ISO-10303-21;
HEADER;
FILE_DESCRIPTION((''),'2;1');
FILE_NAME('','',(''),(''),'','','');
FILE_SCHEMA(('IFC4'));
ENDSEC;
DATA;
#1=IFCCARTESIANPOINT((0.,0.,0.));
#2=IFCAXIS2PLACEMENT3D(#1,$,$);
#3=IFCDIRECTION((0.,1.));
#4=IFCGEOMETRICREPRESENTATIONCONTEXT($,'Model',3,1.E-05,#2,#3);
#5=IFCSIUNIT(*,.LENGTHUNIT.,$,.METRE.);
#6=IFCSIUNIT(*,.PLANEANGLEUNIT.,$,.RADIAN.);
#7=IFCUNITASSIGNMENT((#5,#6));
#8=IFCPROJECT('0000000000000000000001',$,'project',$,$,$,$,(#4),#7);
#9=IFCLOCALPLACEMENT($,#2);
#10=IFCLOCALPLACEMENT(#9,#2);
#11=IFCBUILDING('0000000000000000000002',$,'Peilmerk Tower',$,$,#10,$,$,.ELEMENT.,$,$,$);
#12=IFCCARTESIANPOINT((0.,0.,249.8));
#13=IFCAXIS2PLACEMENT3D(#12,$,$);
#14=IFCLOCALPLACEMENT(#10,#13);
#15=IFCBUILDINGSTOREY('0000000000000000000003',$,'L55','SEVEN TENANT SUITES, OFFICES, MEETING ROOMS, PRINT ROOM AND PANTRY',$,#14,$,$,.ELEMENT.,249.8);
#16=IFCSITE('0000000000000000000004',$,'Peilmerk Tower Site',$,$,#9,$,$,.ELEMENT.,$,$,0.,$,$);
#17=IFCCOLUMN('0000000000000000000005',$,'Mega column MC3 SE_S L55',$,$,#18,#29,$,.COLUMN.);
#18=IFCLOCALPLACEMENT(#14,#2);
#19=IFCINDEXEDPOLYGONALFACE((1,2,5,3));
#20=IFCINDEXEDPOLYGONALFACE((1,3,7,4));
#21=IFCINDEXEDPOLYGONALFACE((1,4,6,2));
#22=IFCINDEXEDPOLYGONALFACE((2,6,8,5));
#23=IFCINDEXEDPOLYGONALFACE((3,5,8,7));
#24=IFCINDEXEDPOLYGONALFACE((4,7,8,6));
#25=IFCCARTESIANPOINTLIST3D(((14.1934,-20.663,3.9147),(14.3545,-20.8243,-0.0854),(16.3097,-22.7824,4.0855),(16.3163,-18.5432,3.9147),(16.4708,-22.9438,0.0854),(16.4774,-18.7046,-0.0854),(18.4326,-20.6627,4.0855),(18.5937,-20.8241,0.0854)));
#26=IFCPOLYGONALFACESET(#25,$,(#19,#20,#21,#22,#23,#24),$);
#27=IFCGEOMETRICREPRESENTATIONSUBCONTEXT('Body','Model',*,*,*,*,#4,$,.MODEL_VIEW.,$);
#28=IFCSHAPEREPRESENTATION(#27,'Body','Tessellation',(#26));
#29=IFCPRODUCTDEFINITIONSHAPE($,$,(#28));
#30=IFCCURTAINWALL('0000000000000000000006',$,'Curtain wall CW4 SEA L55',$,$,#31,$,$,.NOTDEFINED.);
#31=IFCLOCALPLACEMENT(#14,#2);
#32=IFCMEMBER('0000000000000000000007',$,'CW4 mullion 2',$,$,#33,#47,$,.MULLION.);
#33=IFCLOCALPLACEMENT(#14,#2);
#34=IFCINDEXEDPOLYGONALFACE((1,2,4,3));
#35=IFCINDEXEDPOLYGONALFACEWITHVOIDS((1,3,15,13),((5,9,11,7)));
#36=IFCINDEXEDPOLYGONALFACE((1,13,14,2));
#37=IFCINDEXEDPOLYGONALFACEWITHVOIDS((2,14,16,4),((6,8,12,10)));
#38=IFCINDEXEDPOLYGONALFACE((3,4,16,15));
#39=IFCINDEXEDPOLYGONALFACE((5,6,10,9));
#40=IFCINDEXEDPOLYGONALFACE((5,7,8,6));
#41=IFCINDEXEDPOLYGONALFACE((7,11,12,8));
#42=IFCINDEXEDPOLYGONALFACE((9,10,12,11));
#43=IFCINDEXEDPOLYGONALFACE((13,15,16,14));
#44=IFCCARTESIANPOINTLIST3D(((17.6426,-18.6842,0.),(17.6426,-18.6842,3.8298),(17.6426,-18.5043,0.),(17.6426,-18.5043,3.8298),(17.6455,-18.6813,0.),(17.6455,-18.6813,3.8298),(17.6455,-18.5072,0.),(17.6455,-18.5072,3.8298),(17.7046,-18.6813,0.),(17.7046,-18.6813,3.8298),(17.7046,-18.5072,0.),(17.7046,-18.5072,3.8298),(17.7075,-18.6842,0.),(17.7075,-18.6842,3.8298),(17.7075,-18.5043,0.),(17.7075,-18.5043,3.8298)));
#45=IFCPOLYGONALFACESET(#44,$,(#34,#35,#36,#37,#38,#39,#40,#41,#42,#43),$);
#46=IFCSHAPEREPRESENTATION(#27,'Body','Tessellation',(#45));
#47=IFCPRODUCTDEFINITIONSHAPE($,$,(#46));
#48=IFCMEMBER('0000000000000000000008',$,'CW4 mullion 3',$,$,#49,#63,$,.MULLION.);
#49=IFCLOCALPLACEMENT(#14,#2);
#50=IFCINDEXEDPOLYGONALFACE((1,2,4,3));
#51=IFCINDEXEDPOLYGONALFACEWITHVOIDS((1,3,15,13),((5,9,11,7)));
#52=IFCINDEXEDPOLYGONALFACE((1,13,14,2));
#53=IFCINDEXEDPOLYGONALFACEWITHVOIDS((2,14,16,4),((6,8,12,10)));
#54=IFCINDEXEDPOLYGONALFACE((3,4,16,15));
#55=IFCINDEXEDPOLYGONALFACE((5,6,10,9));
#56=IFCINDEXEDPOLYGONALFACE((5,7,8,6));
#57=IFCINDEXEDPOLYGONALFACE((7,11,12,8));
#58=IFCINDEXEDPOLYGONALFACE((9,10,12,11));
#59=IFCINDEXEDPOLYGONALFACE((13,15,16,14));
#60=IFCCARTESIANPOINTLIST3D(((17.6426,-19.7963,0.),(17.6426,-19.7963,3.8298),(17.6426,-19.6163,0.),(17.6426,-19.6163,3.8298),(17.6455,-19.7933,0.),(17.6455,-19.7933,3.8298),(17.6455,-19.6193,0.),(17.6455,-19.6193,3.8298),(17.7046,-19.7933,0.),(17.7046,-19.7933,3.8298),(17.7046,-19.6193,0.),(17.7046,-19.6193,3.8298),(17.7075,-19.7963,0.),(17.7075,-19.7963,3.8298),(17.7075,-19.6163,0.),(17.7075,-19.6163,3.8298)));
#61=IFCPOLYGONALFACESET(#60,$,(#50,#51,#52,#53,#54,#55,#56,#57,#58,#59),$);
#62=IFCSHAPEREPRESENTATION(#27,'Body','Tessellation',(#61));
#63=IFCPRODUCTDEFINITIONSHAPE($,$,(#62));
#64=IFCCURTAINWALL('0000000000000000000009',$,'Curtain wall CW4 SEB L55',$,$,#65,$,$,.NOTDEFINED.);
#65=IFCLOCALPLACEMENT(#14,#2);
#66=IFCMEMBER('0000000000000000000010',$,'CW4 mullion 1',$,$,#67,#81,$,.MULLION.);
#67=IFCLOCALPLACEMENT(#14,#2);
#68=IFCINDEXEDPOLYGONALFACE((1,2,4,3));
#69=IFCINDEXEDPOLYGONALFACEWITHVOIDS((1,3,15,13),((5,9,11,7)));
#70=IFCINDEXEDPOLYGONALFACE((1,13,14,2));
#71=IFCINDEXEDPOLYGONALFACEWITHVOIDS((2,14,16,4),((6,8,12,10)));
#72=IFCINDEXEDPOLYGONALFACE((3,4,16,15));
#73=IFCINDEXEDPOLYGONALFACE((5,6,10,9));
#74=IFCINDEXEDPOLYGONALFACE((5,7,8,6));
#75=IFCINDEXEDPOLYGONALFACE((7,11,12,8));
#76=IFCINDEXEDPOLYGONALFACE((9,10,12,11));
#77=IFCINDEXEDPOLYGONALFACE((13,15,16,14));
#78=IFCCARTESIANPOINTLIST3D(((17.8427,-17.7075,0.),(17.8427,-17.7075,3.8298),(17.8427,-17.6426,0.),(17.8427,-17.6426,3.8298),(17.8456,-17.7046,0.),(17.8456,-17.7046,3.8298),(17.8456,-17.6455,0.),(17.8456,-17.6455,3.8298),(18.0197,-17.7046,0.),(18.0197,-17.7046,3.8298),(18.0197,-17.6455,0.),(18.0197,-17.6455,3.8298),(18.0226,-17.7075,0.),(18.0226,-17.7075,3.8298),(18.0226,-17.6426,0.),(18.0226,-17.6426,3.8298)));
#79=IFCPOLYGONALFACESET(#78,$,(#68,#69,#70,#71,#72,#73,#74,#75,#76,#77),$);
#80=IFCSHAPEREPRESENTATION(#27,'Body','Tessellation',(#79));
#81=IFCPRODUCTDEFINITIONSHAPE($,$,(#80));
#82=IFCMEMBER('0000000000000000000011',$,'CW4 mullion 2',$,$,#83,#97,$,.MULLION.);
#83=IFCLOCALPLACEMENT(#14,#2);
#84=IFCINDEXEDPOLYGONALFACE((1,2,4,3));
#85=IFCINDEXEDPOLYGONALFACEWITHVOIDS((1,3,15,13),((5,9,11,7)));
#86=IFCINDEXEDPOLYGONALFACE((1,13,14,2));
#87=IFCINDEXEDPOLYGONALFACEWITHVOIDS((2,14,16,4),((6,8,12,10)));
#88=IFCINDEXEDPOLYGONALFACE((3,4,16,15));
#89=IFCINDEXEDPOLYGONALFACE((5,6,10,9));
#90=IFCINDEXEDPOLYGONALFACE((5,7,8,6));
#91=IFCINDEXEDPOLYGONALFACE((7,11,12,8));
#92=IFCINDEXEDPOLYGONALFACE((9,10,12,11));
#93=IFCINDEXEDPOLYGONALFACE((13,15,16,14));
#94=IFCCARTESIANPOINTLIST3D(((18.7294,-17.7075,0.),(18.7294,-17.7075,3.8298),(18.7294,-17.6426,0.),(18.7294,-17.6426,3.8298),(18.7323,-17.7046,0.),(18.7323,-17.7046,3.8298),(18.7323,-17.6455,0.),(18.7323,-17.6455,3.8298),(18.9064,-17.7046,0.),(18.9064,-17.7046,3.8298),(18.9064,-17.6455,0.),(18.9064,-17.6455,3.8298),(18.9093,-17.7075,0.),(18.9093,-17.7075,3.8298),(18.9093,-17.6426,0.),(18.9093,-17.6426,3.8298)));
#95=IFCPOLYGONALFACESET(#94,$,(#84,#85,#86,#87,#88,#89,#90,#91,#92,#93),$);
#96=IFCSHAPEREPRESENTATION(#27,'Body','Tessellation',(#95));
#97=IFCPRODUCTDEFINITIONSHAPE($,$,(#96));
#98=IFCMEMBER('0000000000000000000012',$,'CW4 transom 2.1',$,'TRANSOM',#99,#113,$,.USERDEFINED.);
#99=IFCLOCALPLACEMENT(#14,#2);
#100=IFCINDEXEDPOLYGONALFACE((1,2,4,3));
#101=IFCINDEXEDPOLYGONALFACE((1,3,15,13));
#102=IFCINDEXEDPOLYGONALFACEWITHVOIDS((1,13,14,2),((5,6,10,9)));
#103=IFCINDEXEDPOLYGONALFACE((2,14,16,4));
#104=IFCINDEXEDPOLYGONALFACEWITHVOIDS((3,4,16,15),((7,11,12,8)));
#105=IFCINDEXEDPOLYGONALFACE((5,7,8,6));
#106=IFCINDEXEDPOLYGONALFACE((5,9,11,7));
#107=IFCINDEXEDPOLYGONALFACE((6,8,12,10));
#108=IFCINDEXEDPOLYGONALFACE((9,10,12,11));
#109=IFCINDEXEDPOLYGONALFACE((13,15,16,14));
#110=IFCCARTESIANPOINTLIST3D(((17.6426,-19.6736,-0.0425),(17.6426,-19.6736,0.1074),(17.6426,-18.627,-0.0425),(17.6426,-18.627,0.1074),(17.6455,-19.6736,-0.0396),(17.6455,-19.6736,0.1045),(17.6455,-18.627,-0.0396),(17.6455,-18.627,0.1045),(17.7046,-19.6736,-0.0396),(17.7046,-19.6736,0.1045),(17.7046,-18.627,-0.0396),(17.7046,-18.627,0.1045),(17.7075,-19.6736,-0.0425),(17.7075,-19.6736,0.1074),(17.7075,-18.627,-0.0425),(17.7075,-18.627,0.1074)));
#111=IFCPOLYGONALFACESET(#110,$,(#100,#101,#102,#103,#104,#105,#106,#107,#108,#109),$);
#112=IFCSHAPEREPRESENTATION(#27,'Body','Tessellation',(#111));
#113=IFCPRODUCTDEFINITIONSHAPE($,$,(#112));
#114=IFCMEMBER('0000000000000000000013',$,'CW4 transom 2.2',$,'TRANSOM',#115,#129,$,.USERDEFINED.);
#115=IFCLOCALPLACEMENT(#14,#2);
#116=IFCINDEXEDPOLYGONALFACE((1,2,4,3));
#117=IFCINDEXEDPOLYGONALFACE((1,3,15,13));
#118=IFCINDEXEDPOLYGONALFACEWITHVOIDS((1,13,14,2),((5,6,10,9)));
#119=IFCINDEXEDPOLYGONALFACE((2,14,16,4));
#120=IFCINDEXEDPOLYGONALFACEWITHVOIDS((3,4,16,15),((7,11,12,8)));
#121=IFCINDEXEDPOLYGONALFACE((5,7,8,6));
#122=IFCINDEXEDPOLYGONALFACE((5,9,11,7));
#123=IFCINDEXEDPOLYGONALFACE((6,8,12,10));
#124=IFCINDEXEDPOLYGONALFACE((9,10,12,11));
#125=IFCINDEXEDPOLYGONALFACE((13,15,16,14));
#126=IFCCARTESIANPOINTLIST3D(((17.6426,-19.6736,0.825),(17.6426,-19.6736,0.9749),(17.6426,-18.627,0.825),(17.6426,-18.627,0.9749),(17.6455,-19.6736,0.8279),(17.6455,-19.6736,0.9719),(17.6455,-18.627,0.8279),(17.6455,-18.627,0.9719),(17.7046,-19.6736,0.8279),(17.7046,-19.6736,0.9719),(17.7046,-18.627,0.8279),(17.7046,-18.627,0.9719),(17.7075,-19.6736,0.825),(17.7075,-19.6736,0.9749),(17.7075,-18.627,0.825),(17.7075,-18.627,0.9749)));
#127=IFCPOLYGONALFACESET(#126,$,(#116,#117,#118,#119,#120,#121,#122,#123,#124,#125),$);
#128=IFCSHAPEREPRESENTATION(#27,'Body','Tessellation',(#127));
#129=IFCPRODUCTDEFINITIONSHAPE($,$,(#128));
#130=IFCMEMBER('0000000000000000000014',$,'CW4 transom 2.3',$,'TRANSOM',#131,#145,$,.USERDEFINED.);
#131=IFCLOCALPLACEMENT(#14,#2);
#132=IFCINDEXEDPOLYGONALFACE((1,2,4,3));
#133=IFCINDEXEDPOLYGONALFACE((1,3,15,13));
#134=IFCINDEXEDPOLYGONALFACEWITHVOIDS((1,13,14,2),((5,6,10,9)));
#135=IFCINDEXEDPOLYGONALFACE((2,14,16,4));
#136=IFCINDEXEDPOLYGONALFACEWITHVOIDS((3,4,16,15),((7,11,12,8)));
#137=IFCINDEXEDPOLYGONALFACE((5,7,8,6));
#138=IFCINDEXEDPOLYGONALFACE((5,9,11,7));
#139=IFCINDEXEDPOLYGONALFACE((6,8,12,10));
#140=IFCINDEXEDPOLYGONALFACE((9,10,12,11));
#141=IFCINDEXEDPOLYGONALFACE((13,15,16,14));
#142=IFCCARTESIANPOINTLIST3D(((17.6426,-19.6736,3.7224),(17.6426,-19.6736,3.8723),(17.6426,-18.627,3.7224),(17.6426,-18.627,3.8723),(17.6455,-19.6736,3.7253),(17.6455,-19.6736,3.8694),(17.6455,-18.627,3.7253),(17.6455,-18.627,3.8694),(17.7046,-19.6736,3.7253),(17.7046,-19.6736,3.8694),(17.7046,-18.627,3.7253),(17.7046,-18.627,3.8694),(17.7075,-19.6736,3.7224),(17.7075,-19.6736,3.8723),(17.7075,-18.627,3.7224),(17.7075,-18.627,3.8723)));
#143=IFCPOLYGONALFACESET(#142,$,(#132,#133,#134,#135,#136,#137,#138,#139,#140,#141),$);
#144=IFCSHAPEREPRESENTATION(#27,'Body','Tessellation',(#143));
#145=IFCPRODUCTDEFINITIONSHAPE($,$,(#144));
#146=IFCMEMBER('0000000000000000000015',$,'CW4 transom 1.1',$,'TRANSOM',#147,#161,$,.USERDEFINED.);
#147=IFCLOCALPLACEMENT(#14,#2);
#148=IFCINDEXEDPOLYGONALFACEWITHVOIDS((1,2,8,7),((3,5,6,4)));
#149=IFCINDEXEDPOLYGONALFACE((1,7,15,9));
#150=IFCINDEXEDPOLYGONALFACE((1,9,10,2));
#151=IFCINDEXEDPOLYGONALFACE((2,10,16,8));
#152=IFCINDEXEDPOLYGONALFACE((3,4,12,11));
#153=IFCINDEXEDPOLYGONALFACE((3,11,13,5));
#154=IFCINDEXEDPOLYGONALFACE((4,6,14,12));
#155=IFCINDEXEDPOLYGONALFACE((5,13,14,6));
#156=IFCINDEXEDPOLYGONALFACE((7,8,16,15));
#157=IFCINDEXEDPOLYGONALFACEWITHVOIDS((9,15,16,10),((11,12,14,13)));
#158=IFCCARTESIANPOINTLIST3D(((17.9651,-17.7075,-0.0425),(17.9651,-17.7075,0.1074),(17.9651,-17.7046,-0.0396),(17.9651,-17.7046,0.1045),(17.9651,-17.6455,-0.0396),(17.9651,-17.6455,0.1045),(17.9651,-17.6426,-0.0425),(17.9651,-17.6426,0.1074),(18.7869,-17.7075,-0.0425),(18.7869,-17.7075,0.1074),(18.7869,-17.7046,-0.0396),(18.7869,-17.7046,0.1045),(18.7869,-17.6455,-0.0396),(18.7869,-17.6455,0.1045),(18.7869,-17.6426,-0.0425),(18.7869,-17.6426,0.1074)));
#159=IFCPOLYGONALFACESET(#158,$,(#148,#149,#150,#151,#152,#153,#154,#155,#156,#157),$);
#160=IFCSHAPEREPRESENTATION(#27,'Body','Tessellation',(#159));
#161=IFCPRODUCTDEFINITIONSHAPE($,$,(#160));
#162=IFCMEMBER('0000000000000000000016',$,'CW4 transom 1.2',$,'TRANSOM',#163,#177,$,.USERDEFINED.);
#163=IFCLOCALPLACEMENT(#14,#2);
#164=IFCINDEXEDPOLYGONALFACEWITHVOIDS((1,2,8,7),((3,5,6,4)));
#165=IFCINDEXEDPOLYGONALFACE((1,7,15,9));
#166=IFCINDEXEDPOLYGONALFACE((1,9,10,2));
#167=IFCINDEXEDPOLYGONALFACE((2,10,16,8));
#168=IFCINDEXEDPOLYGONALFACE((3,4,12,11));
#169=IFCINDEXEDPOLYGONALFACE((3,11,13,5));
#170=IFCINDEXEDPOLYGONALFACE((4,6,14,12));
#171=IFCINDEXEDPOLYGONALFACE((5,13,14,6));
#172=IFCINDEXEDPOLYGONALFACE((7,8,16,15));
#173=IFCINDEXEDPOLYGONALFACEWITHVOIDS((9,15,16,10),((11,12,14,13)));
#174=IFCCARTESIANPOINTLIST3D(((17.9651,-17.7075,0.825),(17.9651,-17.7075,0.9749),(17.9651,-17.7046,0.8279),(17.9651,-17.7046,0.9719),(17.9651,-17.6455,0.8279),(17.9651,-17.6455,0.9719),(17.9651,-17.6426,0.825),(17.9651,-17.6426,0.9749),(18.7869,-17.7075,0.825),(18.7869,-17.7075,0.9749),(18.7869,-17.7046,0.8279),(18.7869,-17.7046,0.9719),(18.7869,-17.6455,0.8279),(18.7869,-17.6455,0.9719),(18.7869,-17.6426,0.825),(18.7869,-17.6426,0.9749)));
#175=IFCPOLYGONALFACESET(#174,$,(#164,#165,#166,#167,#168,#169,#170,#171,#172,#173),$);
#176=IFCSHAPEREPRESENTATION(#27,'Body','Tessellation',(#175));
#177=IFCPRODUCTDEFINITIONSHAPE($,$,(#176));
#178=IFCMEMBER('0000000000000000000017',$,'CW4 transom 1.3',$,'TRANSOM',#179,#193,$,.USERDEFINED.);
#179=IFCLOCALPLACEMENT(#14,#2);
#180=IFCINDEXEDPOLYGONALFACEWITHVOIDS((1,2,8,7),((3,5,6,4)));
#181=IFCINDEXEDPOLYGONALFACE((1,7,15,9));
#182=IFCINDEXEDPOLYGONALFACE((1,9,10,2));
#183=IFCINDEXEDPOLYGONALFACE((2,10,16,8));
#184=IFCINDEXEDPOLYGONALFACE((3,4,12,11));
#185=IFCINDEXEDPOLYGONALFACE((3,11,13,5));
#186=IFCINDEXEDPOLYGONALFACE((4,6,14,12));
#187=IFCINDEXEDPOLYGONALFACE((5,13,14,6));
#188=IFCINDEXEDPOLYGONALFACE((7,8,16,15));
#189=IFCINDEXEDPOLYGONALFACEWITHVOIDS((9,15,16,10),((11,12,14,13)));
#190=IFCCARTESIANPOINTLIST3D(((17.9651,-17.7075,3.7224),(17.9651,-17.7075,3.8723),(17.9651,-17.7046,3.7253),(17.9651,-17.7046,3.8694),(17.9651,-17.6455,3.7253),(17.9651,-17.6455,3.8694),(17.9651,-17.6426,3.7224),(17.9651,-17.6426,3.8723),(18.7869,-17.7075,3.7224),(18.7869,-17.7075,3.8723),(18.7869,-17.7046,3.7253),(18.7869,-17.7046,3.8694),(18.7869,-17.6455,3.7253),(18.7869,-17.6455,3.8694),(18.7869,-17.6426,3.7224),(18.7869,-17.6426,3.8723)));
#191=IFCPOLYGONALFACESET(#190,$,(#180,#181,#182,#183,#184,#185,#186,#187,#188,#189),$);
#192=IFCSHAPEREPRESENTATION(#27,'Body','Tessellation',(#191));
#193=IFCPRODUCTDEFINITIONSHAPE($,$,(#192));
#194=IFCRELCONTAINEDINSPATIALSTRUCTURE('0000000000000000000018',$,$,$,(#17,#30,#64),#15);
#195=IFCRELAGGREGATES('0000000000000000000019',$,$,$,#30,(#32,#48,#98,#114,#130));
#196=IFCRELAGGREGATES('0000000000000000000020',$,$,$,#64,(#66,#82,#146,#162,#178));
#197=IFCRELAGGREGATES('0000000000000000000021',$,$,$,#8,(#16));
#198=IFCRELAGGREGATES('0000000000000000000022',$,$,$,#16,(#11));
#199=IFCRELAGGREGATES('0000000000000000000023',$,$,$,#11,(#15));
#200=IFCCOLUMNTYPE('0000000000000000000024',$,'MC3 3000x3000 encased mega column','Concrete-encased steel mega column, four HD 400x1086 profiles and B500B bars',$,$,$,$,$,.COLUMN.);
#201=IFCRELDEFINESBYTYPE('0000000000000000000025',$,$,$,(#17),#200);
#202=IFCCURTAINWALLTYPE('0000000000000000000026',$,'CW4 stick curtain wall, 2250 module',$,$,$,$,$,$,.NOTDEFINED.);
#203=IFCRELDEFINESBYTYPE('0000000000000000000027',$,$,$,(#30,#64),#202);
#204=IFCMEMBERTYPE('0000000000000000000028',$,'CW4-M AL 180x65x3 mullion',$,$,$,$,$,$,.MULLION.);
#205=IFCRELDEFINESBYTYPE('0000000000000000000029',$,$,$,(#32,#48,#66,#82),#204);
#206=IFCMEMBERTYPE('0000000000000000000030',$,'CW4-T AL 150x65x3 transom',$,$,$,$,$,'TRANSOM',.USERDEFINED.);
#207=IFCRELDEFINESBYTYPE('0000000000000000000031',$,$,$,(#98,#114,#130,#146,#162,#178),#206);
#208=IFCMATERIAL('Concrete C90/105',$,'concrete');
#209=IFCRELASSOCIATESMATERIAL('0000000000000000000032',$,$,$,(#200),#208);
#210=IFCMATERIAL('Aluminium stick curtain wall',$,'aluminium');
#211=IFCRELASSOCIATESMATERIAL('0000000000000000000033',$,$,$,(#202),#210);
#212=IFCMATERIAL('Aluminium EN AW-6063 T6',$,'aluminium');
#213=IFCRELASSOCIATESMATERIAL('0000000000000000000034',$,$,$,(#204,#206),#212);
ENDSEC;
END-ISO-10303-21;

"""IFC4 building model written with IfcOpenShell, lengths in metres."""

from ifc_helpers import new_model, si_unit, direction, frame, origin, origin_2d, place, context, subcontext, project, spatial, rectangle, hollow_rectangle, extrude, material, material_profile, profile_set, type_object, element, aggregate, save


model = new_model("IFC4")

# Units and contexts
model_context = context("Model", 3, precision=1e-05, world=origin(), true_north=direction((0.0, 1.0)))
body_context = subcontext(model_context, "Body", "Model", "MODEL_VIEW")
ifc_project = project(units=[si_unit("LENGTHUNIT", "METRE"), si_unit("PLANEANGLEUNIT", "RADIAN")], contexts=[model_context])

# Site, building, storey
site_placement = place(None, origin())
site = spatial("IfcSite", under=ifc_project, at=site_placement, Name="Peilmerk Tower Site", CompositionType="ELEMENT", RefElevation=0.0)
building_placement = place(site_placement, origin())
building = spatial("IfcBuilding", under=site, at=building_placement, Name="Peilmerk Tower", CompositionType="ELEMENT")
storey_placement = place(building_placement, frame((0.0, 0.0, 249.8)))
storey = spatial("IfcBuildingStorey", under=building, at=storey_placement, Name="L55", Description="SEVEN TENANT SUITES, OFFICES, MEETING ROOMS, PRINT ROOM AND PANTRY", CompositionType="ELEMENT", Elevation=249.8)

# Column
ifc_material_1 = material(Name="Concrete C90/105", Category="concrete")
ifc_material_profile_1 = material_profile(ifc_material_1, rectangle(XDim=3.0, YDim=3.0, at=origin_2d()), Name="RC 3000x3000")
ifc_profile_set_1 = profile_set([ifc_material_profile_1], Name="Concrete C90/105")
column_type = type_object("IfcColumnType", Name="MC3 3000x3000 encased mega column", Description="Concrete-encased steel mega column, four HD 400x1086 profiles and B500B bars", PredefinedType="COLUMN", material=ifc_profile_set_1)
column_placement = place(storey_placement, frame((16.4741, -20.8242, 0.0), z_axis=(-0.040218, 0.040279, 0.998379), x_axis=(-0.707642, -0.706571, 0.0)))
element("IfcColumn", 1, at=column_placement, inside=storey, type_object=column_type, Name="Mega column MC3 SE_S L55", PredefinedType="COLUMN", context=body_context, shape_type="SweptSolid", body=[
    extrude(rectangle(XDim=3.0, YDim=3.0, at=origin_2d()), origin(), (0.0, 0.0, 1.0), 4.0066),
])

# Curtain walls, members
ifc_material_2 = material(Name="Aluminium stick curtain wall", Category="aluminium")
curtain_wall_type = type_object("IfcCurtainWallType", Name="CW4 stick curtain wall, 2250 module", PredefinedType="NOTDEFINED", material=ifc_material_2)
curtain_wall_1_placement = place(storey_placement, origin())
curtain_wall_1 = element("IfcCurtainWall", 2, at=curtain_wall_1_placement, inside=storey, type_object=curtain_wall_type, Name="Curtain wall CW4 SEA L55", PredefinedType="NOTDEFINED")
ifc_material_3 = material(Name="Aluminium EN AW-6063 T6", Category="aluminium")
ifc_material_profile_2 = material_profile(ifc_material_3, hollow_rectangle(XDim=0.0649, YDim=0.1799, WallThickness=0.0029, at=origin_2d()), Name="AL 180x65x3")
ifc_profile_set_2 = profile_set([ifc_material_profile_2], Name="Aluminium EN AW-6063 T6")
member_type_1 = type_object("IfcMemberType", Name="CW4-M AL 180x65x3 mullion", PredefinedType="MULLION", material=ifc_profile_set_2)
member_1_placement = place(storey_placement, frame((17.675, -18.5942, 0.0), z_axis=(0.0, 0.0, 1.0), x_axis=(1.0, 0.0, 0.0)))
member_1 = element("IfcMember", 3, at=member_1_placement, type_object=member_type_1, Name="CW4 mullion 2", PredefinedType="MULLION", context=body_context, shape_type="SweptSolid", body=[
    extrude(hollow_rectangle(XDim=0.0649, YDim=0.1799, WallThickness=0.0029, at=origin_2d()), origin(), (0.0, 0.0, 1.0), 3.8298),
])
member_2_placement = place(storey_placement, frame((17.675, -19.7063, 0.0), z_axis=(0.0, 0.0, 1.0), x_axis=(1.0, 0.0, 0.0)))
member_2 = element("IfcMember", 4, at=member_2_placement, type_object=member_type_1, Name="CW4 mullion 3", PredefinedType="MULLION", context=body_context, shape_type="SweptSolid", body=[
    extrude(hollow_rectangle(XDim=0.0649, YDim=0.1799, WallThickness=0.0029, at=origin_2d()), origin(), (0.0, 0.0, 1.0), 3.8298),
])
curtain_wall_2_placement = place(storey_placement, origin())
curtain_wall_2 = element("IfcCurtainWall", 5, at=curtain_wall_2_placement, inside=storey, type_object=curtain_wall_type, Name="Curtain wall CW4 SEB L55", PredefinedType="NOTDEFINED")
member_3_placement = place(storey_placement, frame((17.9326, -17.675, 0.0), z_axis=(0.0, 0.0, 1.0), x_axis=(0.0, 1.0, 0.0)))
member_3 = element("IfcMember", 6, at=member_3_placement, type_object=member_type_1, Name="CW4 mullion 1", PredefinedType="MULLION", context=body_context, shape_type="SweptSolid", body=[
    extrude(hollow_rectangle(XDim=0.0649, YDim=0.1799, WallThickness=0.0029, at=origin_2d()), origin(), (0.0, 0.0, 1.0), 3.8298),
])
member_4_placement = place(storey_placement, frame((18.8193, -17.675, 0.0), z_axis=(0.0, 0.0, 1.0), x_axis=(0.0, 1.0, 0.0)))
member_4 = element("IfcMember", 7, at=member_4_placement, type_object=member_type_1, Name="CW4 mullion 2", PredefinedType="MULLION", context=body_context, shape_type="SweptSolid", body=[
    extrude(hollow_rectangle(XDim=0.0649, YDim=0.1799, WallThickness=0.0029, at=origin_2d()), origin(), (0.0, 0.0, 1.0), 3.8298),
])

# Members
ifc_material_profile_3 = material_profile(ifc_material_3, hollow_rectangle(XDim=0.0649, YDim=0.1499, WallThickness=0.0029, at=origin_2d()), Name="AL 150x65x3")
ifc_profile_set_3 = profile_set([ifc_material_profile_3], Name="Aluminium EN AW-6063 T6")
member_type_2 = type_object("IfcMemberType", Name="CW4-T AL 150x65x3 transom", ElementType="TRANSOM", PredefinedType="USERDEFINED", material=ifc_profile_set_3)
member_5_placement = place(storey_placement, frame((17.675, -18.627, 0.0325), z_axis=(0.0, -1.0, 0.0), x_axis=(1.0, 0.0, 0.0)))
member_5 = element("IfcMember", 8, at=member_5_placement, type_object=member_type_2, Name="CW4 transom 2.1", ObjectType="TRANSOM", PredefinedType="USERDEFINED", context=body_context, shape_type="SweptSolid", body=[
    extrude(hollow_rectangle(XDim=0.0649, YDim=0.1499, WallThickness=0.0029, at=origin_2d()), origin(), (0.0, 0.0, 1.0), 1.0466),
])
member_6_placement = place(storey_placement, frame((17.675, -18.627, 0.8999), z_axis=(0.0, -1.0, 0.0), x_axis=(1.0, 0.0, 0.0)))
member_6 = element("IfcMember", 9, at=member_6_placement, type_object=member_type_2, Name="CW4 transom 2.2", ObjectType="TRANSOM", PredefinedType="USERDEFINED", context=body_context, shape_type="SweptSolid", body=[
    extrude(hollow_rectangle(XDim=0.0649, YDim=0.1499, WallThickness=0.0029, at=origin_2d()), origin(), (0.0, 0.0, 1.0), 1.0466),
])
member_7_placement = place(storey_placement, frame((17.675, -18.627, 3.7974), z_axis=(0.0, -1.0, 0.0), x_axis=(1.0, 0.0, 0.0)))
member_7 = element("IfcMember", 10, at=member_7_placement, type_object=member_type_2, Name="CW4 transom 2.3", ObjectType="TRANSOM", PredefinedType="USERDEFINED", context=body_context, shape_type="SweptSolid", body=[
    extrude(hollow_rectangle(XDim=0.0649, YDim=0.1499, WallThickness=0.0029, at=origin_2d()), origin(), (0.0, 0.0, 1.0), 1.0466),
])
member_8_placement = place(storey_placement, frame((17.9651, -17.675, 0.0325), z_axis=(1.0, 0.0, 0.0), x_axis=(0.0, 1.0, 0.0)))
member_8 = element("IfcMember", 11, at=member_8_placement, type_object=member_type_2, Name="CW4 transom 1.1", ObjectType="TRANSOM", PredefinedType="USERDEFINED", context=body_context, shape_type="SweptSolid", body=[
    extrude(hollow_rectangle(XDim=0.0649, YDim=0.1499, WallThickness=0.0029, at=origin_2d()), origin(), (0.0, 0.0, 1.0), 0.8218),
])
member_9_placement = place(storey_placement, frame((17.9651, -17.675, 0.8999), z_axis=(1.0, 0.0, 0.0), x_axis=(0.0, 1.0, 0.0)))
member_9 = element("IfcMember", 12, at=member_9_placement, type_object=member_type_2, Name="CW4 transom 1.2", ObjectType="TRANSOM", PredefinedType="USERDEFINED", context=body_context, shape_type="SweptSolid", body=[
    extrude(hollow_rectangle(XDim=0.0649, YDim=0.1499, WallThickness=0.0029, at=origin_2d()), origin(), (0.0, 0.0, 1.0), 0.8218),
])
member_10_placement = place(storey_placement, frame((17.9651, -17.675, 3.7974), z_axis=(1.0, 0.0, 0.0), x_axis=(0.0, 1.0, 0.0)))
member_10 = element("IfcMember", 13, at=member_10_placement, type_object=member_type_2, Name="CW4 transom 1.3", ObjectType="TRANSOM", PredefinedType="USERDEFINED", context=body_context, shape_type="SweptSolid", body=[
    extrude(hollow_rectangle(XDim=0.0649, YDim=0.1499, WallThickness=0.0029, at=origin_2d()), origin(), (0.0, 0.0, 1.0), 0.8218),
])

aggregate(curtain_wall_1, [member_1, member_2, member_5, member_6, member_7])
aggregate(curtain_wall_2, [member_3, member_4, member_8, member_9, member_10])

save(model, "model.ifc")
